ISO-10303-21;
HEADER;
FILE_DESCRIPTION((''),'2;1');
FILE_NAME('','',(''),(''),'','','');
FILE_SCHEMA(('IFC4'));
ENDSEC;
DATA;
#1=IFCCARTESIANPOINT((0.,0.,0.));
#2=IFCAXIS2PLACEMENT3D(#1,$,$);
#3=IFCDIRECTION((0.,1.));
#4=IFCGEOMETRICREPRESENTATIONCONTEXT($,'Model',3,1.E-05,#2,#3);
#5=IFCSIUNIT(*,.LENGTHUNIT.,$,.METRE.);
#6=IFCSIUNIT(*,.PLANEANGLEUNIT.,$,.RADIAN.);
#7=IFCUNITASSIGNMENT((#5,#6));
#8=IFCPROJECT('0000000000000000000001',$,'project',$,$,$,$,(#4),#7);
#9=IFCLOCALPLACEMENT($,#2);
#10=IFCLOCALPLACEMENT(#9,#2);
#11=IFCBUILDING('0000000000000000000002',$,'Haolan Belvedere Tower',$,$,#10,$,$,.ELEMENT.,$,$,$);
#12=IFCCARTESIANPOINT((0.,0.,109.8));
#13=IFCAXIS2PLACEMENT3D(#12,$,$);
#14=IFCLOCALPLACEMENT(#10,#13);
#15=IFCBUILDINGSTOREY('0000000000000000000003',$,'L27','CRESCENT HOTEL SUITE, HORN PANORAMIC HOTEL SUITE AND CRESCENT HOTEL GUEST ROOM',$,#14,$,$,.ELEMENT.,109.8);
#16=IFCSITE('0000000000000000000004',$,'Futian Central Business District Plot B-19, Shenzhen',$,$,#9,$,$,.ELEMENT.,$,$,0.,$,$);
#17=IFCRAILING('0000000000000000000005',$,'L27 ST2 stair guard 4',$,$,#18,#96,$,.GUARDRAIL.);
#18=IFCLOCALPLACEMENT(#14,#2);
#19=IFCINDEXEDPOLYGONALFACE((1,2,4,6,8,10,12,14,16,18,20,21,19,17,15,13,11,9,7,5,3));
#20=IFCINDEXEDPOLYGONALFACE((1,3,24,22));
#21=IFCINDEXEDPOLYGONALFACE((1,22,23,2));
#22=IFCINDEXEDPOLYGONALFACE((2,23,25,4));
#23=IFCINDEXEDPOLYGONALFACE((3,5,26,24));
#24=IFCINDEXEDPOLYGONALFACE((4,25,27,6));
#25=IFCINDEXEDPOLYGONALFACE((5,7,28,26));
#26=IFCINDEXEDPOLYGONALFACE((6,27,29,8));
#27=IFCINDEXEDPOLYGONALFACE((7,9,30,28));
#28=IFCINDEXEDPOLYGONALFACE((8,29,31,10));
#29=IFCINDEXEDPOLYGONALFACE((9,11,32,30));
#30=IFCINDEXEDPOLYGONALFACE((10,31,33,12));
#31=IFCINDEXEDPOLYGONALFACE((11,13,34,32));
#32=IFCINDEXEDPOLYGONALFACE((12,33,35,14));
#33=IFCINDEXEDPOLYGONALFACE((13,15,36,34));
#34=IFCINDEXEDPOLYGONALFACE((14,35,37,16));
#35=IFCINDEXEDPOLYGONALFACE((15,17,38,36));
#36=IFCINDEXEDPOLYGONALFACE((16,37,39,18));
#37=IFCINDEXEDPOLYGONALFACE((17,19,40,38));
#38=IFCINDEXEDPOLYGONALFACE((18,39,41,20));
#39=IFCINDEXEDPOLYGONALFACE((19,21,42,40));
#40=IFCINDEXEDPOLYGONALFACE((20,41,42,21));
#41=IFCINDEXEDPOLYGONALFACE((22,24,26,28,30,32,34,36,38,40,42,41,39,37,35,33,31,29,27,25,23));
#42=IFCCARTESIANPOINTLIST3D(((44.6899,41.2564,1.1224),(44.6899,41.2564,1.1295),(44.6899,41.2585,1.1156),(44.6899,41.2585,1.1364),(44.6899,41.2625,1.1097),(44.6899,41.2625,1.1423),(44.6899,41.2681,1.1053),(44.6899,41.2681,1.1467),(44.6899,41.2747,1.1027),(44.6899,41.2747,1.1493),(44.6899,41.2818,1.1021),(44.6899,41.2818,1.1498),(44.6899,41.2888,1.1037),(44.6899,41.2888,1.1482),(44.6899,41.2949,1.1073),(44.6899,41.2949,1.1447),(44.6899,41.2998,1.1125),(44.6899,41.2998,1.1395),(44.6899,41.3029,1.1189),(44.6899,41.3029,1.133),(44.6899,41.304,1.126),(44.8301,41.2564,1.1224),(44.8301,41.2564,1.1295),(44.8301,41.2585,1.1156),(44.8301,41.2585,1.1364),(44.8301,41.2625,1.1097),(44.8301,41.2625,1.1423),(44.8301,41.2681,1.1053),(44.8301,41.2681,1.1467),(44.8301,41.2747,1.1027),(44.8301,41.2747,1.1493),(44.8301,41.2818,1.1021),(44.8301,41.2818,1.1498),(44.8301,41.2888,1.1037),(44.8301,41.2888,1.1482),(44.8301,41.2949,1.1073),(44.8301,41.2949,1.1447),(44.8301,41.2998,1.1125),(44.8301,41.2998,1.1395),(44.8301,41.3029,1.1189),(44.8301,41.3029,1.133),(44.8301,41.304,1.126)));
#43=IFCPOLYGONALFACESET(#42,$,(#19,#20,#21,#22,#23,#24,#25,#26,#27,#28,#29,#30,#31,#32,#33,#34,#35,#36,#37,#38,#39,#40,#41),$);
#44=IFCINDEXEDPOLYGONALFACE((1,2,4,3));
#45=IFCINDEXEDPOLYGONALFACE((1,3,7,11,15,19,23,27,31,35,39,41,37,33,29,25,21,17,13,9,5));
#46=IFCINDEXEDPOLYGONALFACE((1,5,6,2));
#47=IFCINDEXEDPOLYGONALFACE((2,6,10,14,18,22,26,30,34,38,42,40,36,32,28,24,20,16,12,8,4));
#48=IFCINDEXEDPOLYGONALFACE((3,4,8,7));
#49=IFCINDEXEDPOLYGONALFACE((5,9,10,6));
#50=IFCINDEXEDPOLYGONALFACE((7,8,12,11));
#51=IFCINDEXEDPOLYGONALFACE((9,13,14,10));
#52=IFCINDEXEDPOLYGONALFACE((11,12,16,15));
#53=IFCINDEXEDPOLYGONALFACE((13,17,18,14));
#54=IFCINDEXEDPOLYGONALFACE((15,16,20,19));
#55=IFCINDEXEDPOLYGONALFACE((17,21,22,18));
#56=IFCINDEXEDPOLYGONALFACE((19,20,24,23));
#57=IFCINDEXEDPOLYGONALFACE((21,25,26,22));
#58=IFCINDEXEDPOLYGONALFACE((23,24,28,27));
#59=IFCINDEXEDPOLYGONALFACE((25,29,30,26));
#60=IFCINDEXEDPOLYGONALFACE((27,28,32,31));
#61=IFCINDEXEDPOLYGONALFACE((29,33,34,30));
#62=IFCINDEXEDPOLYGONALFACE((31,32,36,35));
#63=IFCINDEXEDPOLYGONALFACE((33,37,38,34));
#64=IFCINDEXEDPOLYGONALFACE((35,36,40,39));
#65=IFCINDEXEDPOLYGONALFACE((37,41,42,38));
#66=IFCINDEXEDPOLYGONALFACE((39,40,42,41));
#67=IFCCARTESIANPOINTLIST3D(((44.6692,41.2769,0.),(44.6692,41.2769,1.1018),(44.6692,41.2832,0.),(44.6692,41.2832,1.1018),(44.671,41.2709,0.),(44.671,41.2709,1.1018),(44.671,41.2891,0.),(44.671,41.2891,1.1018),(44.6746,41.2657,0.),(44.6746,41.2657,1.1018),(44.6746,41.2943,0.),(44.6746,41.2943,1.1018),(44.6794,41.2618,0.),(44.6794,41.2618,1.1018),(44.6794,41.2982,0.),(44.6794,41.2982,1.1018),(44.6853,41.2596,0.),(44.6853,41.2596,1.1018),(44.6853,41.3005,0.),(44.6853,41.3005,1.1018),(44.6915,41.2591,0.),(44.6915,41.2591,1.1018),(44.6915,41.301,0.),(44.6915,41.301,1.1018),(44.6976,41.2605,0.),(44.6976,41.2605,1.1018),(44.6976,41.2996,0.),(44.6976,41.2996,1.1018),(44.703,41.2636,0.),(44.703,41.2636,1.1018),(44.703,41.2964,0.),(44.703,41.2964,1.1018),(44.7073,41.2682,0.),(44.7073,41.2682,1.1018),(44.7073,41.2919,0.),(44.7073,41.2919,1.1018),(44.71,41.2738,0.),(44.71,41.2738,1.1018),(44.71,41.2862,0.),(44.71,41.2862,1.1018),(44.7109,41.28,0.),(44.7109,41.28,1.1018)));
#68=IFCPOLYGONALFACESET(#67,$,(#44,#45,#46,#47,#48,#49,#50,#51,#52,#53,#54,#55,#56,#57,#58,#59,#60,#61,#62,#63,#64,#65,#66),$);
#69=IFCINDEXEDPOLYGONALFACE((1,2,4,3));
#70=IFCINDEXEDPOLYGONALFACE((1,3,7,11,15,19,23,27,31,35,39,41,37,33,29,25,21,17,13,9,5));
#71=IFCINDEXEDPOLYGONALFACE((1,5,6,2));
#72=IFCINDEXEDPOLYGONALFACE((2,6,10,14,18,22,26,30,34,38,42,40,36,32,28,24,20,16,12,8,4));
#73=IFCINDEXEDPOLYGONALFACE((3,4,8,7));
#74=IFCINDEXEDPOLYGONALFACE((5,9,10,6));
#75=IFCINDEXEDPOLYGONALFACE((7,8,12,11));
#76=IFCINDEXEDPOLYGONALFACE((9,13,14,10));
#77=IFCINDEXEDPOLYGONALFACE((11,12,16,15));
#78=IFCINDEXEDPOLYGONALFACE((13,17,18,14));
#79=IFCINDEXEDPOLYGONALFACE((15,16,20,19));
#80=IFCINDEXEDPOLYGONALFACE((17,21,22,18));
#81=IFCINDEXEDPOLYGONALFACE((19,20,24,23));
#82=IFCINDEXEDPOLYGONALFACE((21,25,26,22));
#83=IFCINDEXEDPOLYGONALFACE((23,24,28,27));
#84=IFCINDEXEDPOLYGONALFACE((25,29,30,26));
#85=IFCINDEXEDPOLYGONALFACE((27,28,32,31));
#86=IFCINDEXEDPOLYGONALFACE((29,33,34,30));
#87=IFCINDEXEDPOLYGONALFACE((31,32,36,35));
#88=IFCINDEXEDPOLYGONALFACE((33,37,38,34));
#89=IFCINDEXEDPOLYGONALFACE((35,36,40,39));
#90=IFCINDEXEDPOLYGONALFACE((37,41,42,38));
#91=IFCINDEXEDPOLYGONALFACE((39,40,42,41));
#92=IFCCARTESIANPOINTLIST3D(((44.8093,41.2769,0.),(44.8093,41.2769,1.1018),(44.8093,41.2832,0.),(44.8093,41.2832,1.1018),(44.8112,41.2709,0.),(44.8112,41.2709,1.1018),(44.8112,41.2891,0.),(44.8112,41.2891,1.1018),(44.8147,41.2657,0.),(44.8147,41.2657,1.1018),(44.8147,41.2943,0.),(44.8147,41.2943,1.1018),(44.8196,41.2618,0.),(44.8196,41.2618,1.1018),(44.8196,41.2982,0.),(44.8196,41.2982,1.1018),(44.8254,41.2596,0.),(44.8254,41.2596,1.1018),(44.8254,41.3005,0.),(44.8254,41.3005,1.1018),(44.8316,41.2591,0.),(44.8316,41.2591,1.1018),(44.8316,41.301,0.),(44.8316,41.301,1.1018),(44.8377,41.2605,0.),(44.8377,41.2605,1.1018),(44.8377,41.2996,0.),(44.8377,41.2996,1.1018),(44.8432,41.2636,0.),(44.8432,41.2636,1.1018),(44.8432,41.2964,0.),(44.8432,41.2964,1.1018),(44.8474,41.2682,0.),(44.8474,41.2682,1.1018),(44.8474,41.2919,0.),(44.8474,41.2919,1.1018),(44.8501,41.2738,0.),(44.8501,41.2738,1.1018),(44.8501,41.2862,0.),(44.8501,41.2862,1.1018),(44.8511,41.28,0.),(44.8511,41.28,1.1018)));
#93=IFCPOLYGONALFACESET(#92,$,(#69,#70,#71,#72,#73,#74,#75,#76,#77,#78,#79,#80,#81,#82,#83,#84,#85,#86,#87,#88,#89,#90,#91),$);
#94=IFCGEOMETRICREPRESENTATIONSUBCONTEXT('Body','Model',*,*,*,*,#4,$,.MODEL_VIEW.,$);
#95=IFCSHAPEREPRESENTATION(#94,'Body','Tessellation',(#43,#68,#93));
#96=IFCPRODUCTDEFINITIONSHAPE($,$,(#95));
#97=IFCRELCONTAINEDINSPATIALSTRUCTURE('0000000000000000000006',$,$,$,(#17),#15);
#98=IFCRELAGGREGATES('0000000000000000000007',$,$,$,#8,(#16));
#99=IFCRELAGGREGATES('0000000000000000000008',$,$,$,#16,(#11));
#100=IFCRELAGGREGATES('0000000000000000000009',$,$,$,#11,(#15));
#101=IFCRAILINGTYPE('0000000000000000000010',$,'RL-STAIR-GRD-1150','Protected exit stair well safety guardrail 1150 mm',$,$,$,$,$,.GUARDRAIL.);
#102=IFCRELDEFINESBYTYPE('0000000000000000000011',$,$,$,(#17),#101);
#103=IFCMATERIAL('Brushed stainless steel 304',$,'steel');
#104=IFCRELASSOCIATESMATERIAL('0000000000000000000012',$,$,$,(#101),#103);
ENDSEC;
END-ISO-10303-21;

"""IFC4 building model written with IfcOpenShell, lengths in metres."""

from ifc_helpers import new_model, si_unit, direction, frame, origin, origin_2d, place, context, subcontext, project, spatial, circle, extrude, material, type_object, element, save


model = new_model("IFC4")

# Units and contexts
model_context = context("Model", 3, precision=1e-05, world=origin(), true_north=direction((0.0, 1.0)))
body_context = subcontext(model_context, "Body", "Model", "MODEL_VIEW")
ifc_project = project(units=[si_unit("LENGTHUNIT", "METRE"), si_unit("PLANEANGLEUNIT", "RADIAN")], contexts=[model_context])

# Site, building, storey
site_placement = place(None, origin())
site = spatial("IfcSite", under=ifc_project, at=site_placement, Name="Futian Central Business District Plot B-19, Shenzhen", CompositionType="ELEMENT", RefElevation=0.0)
building_placement = place(site_placement, origin())
building = spatial("IfcBuilding", under=site, at=building_placement, Name="Haolan Belvedere Tower", CompositionType="ELEMENT")
storey_placement = place(building_placement, frame((0.0, 0.0, 109.8)))
storey = spatial("IfcBuildingStorey", under=building, at=storey_placement, Name="L27", Description="CRESCENT HOTEL SUITE, HORN PANORAMIC HOTEL SUITE AND CRESCENT HOTEL GUEST ROOM", CompositionType="ELEMENT", Elevation=109.8)

# Railing
ifc_material_1 = material(Name="Brushed stainless steel 304", Category="steel")
railing_type_1 = type_object("IfcRailingType", Name="RL-STAIR-GRD-1150", Description="Protected exit stair well safety guardrail 1150 mm", PredefinedType="GUARDRAIL", material=ifc_material_1)
railing_1_placement = place(storey_placement, frame((44.6899, 41.28, 0.0)))
element("IfcRailing", 1, at=railing_1_placement, inside=storey, type_object=railing_type_1, Name="L27 ST2 stair guard 4", PredefinedType="GUARDRAIL", context=body_context, shape_type="SweptSolid", body=[
    extrude(circle(Radius=0.0239, at=origin_2d()), frame((0.0, 0.0, 1.126), z_axis=(1.0, 0.0, 0.0), x_axis=(0.0, 1.0, 0.0)), (0.0, 0.0, 1.0), 0.1401),
    extrude(circle(Radius=0.021, at=origin_2d()), origin(), (0.0, 0.0, 1.0), 1.1018),
    extrude(circle(Radius=0.021, at=origin_2d()), frame((0.1401, 0.0, 0.0)), (0.0, 0.0, 1.0), 1.1018),
])

save(model, "model.ifc")
